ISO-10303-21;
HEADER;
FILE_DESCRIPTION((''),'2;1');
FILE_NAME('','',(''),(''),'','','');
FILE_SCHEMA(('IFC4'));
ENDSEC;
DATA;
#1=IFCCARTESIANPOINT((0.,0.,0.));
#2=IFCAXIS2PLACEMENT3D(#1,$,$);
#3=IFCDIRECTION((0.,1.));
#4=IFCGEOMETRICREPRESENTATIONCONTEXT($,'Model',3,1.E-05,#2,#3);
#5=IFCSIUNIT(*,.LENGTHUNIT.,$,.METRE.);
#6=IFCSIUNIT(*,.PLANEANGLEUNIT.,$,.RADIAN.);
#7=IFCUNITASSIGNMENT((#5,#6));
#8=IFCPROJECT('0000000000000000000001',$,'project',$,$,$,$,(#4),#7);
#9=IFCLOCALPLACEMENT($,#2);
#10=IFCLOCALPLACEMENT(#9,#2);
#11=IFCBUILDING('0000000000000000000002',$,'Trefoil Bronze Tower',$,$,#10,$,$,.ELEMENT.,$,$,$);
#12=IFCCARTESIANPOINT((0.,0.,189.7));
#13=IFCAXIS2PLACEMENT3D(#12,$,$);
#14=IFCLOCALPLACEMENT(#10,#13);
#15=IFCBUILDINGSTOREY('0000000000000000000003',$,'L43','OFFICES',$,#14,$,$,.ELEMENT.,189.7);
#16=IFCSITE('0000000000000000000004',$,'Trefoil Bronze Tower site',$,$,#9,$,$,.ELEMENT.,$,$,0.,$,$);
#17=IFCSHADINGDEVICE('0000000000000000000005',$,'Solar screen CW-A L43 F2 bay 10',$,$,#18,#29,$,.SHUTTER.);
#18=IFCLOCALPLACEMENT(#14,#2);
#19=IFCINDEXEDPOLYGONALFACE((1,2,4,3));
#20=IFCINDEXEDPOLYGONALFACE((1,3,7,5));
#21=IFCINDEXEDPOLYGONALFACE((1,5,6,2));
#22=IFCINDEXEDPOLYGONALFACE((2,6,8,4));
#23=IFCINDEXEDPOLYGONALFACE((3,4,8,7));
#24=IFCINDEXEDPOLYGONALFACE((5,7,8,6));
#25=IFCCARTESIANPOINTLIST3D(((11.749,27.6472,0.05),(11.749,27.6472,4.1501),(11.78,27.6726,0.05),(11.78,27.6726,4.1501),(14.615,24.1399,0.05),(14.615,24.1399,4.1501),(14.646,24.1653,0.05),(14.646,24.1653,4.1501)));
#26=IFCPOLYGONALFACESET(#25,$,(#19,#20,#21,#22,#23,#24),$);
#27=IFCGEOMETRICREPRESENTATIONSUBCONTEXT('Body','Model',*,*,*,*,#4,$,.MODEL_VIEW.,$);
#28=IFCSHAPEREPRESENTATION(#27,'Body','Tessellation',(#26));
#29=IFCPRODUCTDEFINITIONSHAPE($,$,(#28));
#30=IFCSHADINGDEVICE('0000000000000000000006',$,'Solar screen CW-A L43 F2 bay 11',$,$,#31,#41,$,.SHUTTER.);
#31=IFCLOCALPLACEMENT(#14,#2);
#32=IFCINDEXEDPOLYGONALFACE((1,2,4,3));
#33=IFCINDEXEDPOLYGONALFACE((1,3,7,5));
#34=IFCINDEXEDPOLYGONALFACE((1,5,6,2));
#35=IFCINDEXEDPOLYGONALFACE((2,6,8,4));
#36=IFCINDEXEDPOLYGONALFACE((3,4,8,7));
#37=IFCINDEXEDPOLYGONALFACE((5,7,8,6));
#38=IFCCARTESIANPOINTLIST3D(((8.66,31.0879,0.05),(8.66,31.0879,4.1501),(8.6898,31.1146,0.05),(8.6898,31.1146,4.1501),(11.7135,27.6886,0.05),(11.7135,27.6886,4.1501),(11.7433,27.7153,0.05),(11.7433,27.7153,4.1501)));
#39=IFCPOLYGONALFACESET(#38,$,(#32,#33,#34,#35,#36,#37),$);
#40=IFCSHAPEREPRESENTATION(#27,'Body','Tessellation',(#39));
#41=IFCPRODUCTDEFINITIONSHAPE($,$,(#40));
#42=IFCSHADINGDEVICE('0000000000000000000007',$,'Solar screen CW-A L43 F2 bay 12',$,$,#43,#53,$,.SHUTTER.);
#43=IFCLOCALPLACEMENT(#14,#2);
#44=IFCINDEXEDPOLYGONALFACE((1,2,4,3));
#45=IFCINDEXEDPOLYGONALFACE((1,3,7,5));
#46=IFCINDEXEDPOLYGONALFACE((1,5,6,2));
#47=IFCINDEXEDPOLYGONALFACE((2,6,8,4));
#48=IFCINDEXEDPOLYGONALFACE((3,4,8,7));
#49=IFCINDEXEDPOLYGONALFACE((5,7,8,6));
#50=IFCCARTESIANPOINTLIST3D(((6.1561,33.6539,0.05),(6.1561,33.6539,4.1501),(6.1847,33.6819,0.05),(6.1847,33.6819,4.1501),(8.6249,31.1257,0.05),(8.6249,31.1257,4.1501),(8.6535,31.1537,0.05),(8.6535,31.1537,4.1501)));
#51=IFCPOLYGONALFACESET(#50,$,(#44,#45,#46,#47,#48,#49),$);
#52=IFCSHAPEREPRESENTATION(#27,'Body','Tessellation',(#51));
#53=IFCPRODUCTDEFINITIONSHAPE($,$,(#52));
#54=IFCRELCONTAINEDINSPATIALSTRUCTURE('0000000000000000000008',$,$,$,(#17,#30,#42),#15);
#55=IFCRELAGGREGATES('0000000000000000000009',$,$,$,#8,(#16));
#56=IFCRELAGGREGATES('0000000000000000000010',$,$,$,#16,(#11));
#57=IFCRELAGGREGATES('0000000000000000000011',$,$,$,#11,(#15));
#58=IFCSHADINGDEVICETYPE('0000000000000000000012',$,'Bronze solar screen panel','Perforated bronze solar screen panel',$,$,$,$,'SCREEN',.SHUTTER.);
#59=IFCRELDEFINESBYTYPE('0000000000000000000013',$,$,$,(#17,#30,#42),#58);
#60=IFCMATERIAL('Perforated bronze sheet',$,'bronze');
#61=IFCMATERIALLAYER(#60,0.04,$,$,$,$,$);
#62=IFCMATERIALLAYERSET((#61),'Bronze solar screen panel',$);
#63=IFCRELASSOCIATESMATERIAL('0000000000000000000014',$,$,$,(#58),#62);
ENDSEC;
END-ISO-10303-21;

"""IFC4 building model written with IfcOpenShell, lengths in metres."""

from ifc_helpers import new_model, si_unit, direction, frame, origin, origin_2d, place, context, subcontext, project, spatial, rectangle, extrude, material, layer, layer_set, type_object, element, save


model = new_model("IFC4")

# Units and contexts
model_context = context("Model", 3, precision=1e-05, world=origin(), true_north=direction((0.0, 1.0)))
body_context = subcontext(model_context, "Body", "Model", "MODEL_VIEW")
ifc_project = project(units=[si_unit("LENGTHUNIT", "METRE"), si_unit("PLANEANGLEUNIT", "RADIAN")], contexts=[model_context])

# Site, building, storey
site_placement = place(None, origin())
site = spatial("IfcSite", under=ifc_project, at=site_placement, Name="Trefoil Bronze Tower site", CompositionType="ELEMENT", RefElevation=0.0)
building_placement = place(site_placement, origin())
building = spatial("IfcBuilding", under=site, at=building_placement, Name="Trefoil Bronze Tower", CompositionType="ELEMENT")
storey_placement = place(building_placement, frame((0.0, 0.0, 189.7)))
storey = spatial("IfcBuildingStorey", under=building, at=storey_placement, Name="L43", Description="OFFICES", CompositionType="ELEMENT", Elevation=189.7)

# Shading devices
ifc_material_1 = material(Name="Perforated bronze sheet", Category="bronze")
ifc_layer_1 = layer(ifc_material_1, 0.04)
ifc_layer_set_1 = layer_set([ifc_layer_1], Name="Bronze solar screen panel")
shading_device_type = type_object("IfcShadingDeviceType", Name="Bronze solar screen panel", Description="Perforated bronze solar screen panel", ElementType="SCREEN", PredefinedType="SHUTTER", material=ifc_layer_set_1)
shading_device_1_placement = place(storey_placement, frame((13.1975, 25.9062, 0.05), z_axis=(0.0, 0.0, 1.0), x_axis=(-0.632753, 0.774354, 0.0)))
element("IfcShadingDevice", 1, at=shading_device_1_placement, inside=storey, type_object=shading_device_type, Name="Solar screen CW-A L43 F2 bay 10", PredefinedType="SHUTTER", context=body_context, shape_type="SweptSolid", body=[
    extrude(rectangle(XDim=4.5293, YDim=0.04, at=origin_2d()), origin(), (0.0, 0.0, 1.0), 4.1001),
])
shading_device_2_placement = place(storey_placement, frame((10.2017, 29.4016, 0.05), z_axis=(0.0, 0.0, 1.0), x_axis=(-0.668246, 0.743941, 0.0)))
element("IfcShadingDevice", 2, at=shading_device_2_placement, inside=storey, type_object=shading_device_type, Name="Solar screen CW-A L43 F2 bay 11", PredefinedType="SHUTTER", context=body_context, shape_type="SweptSolid", body=[
    extrude(rectangle(XDim=4.5693, YDim=0.04, at=origin_2d()), origin(), (0.0, 0.0, 1.0), 4.1001),
])
shading_device_3_placement = place(storey_placement, frame((7.4048, 32.4038, 0.05), z_axis=(0.0, 0.0, 1.0), x_axis=(-0.698652, 0.715462, 0.0)))
element("IfcShadingDevice", 3, at=shading_device_3_placement, inside=storey, type_object=shading_device_type, Name="Solar screen CW-A L43 F2 bay 12", PredefinedType="SHUTTER", context=body_context, shape_type="SweptSolid", body=[
    extrude(rectangle(XDim=3.5337, YDim=0.04, at=origin_2d()), origin(), (0.0, 0.0, 1.0), 4.1001),
])

save(model, "model.ifc")
